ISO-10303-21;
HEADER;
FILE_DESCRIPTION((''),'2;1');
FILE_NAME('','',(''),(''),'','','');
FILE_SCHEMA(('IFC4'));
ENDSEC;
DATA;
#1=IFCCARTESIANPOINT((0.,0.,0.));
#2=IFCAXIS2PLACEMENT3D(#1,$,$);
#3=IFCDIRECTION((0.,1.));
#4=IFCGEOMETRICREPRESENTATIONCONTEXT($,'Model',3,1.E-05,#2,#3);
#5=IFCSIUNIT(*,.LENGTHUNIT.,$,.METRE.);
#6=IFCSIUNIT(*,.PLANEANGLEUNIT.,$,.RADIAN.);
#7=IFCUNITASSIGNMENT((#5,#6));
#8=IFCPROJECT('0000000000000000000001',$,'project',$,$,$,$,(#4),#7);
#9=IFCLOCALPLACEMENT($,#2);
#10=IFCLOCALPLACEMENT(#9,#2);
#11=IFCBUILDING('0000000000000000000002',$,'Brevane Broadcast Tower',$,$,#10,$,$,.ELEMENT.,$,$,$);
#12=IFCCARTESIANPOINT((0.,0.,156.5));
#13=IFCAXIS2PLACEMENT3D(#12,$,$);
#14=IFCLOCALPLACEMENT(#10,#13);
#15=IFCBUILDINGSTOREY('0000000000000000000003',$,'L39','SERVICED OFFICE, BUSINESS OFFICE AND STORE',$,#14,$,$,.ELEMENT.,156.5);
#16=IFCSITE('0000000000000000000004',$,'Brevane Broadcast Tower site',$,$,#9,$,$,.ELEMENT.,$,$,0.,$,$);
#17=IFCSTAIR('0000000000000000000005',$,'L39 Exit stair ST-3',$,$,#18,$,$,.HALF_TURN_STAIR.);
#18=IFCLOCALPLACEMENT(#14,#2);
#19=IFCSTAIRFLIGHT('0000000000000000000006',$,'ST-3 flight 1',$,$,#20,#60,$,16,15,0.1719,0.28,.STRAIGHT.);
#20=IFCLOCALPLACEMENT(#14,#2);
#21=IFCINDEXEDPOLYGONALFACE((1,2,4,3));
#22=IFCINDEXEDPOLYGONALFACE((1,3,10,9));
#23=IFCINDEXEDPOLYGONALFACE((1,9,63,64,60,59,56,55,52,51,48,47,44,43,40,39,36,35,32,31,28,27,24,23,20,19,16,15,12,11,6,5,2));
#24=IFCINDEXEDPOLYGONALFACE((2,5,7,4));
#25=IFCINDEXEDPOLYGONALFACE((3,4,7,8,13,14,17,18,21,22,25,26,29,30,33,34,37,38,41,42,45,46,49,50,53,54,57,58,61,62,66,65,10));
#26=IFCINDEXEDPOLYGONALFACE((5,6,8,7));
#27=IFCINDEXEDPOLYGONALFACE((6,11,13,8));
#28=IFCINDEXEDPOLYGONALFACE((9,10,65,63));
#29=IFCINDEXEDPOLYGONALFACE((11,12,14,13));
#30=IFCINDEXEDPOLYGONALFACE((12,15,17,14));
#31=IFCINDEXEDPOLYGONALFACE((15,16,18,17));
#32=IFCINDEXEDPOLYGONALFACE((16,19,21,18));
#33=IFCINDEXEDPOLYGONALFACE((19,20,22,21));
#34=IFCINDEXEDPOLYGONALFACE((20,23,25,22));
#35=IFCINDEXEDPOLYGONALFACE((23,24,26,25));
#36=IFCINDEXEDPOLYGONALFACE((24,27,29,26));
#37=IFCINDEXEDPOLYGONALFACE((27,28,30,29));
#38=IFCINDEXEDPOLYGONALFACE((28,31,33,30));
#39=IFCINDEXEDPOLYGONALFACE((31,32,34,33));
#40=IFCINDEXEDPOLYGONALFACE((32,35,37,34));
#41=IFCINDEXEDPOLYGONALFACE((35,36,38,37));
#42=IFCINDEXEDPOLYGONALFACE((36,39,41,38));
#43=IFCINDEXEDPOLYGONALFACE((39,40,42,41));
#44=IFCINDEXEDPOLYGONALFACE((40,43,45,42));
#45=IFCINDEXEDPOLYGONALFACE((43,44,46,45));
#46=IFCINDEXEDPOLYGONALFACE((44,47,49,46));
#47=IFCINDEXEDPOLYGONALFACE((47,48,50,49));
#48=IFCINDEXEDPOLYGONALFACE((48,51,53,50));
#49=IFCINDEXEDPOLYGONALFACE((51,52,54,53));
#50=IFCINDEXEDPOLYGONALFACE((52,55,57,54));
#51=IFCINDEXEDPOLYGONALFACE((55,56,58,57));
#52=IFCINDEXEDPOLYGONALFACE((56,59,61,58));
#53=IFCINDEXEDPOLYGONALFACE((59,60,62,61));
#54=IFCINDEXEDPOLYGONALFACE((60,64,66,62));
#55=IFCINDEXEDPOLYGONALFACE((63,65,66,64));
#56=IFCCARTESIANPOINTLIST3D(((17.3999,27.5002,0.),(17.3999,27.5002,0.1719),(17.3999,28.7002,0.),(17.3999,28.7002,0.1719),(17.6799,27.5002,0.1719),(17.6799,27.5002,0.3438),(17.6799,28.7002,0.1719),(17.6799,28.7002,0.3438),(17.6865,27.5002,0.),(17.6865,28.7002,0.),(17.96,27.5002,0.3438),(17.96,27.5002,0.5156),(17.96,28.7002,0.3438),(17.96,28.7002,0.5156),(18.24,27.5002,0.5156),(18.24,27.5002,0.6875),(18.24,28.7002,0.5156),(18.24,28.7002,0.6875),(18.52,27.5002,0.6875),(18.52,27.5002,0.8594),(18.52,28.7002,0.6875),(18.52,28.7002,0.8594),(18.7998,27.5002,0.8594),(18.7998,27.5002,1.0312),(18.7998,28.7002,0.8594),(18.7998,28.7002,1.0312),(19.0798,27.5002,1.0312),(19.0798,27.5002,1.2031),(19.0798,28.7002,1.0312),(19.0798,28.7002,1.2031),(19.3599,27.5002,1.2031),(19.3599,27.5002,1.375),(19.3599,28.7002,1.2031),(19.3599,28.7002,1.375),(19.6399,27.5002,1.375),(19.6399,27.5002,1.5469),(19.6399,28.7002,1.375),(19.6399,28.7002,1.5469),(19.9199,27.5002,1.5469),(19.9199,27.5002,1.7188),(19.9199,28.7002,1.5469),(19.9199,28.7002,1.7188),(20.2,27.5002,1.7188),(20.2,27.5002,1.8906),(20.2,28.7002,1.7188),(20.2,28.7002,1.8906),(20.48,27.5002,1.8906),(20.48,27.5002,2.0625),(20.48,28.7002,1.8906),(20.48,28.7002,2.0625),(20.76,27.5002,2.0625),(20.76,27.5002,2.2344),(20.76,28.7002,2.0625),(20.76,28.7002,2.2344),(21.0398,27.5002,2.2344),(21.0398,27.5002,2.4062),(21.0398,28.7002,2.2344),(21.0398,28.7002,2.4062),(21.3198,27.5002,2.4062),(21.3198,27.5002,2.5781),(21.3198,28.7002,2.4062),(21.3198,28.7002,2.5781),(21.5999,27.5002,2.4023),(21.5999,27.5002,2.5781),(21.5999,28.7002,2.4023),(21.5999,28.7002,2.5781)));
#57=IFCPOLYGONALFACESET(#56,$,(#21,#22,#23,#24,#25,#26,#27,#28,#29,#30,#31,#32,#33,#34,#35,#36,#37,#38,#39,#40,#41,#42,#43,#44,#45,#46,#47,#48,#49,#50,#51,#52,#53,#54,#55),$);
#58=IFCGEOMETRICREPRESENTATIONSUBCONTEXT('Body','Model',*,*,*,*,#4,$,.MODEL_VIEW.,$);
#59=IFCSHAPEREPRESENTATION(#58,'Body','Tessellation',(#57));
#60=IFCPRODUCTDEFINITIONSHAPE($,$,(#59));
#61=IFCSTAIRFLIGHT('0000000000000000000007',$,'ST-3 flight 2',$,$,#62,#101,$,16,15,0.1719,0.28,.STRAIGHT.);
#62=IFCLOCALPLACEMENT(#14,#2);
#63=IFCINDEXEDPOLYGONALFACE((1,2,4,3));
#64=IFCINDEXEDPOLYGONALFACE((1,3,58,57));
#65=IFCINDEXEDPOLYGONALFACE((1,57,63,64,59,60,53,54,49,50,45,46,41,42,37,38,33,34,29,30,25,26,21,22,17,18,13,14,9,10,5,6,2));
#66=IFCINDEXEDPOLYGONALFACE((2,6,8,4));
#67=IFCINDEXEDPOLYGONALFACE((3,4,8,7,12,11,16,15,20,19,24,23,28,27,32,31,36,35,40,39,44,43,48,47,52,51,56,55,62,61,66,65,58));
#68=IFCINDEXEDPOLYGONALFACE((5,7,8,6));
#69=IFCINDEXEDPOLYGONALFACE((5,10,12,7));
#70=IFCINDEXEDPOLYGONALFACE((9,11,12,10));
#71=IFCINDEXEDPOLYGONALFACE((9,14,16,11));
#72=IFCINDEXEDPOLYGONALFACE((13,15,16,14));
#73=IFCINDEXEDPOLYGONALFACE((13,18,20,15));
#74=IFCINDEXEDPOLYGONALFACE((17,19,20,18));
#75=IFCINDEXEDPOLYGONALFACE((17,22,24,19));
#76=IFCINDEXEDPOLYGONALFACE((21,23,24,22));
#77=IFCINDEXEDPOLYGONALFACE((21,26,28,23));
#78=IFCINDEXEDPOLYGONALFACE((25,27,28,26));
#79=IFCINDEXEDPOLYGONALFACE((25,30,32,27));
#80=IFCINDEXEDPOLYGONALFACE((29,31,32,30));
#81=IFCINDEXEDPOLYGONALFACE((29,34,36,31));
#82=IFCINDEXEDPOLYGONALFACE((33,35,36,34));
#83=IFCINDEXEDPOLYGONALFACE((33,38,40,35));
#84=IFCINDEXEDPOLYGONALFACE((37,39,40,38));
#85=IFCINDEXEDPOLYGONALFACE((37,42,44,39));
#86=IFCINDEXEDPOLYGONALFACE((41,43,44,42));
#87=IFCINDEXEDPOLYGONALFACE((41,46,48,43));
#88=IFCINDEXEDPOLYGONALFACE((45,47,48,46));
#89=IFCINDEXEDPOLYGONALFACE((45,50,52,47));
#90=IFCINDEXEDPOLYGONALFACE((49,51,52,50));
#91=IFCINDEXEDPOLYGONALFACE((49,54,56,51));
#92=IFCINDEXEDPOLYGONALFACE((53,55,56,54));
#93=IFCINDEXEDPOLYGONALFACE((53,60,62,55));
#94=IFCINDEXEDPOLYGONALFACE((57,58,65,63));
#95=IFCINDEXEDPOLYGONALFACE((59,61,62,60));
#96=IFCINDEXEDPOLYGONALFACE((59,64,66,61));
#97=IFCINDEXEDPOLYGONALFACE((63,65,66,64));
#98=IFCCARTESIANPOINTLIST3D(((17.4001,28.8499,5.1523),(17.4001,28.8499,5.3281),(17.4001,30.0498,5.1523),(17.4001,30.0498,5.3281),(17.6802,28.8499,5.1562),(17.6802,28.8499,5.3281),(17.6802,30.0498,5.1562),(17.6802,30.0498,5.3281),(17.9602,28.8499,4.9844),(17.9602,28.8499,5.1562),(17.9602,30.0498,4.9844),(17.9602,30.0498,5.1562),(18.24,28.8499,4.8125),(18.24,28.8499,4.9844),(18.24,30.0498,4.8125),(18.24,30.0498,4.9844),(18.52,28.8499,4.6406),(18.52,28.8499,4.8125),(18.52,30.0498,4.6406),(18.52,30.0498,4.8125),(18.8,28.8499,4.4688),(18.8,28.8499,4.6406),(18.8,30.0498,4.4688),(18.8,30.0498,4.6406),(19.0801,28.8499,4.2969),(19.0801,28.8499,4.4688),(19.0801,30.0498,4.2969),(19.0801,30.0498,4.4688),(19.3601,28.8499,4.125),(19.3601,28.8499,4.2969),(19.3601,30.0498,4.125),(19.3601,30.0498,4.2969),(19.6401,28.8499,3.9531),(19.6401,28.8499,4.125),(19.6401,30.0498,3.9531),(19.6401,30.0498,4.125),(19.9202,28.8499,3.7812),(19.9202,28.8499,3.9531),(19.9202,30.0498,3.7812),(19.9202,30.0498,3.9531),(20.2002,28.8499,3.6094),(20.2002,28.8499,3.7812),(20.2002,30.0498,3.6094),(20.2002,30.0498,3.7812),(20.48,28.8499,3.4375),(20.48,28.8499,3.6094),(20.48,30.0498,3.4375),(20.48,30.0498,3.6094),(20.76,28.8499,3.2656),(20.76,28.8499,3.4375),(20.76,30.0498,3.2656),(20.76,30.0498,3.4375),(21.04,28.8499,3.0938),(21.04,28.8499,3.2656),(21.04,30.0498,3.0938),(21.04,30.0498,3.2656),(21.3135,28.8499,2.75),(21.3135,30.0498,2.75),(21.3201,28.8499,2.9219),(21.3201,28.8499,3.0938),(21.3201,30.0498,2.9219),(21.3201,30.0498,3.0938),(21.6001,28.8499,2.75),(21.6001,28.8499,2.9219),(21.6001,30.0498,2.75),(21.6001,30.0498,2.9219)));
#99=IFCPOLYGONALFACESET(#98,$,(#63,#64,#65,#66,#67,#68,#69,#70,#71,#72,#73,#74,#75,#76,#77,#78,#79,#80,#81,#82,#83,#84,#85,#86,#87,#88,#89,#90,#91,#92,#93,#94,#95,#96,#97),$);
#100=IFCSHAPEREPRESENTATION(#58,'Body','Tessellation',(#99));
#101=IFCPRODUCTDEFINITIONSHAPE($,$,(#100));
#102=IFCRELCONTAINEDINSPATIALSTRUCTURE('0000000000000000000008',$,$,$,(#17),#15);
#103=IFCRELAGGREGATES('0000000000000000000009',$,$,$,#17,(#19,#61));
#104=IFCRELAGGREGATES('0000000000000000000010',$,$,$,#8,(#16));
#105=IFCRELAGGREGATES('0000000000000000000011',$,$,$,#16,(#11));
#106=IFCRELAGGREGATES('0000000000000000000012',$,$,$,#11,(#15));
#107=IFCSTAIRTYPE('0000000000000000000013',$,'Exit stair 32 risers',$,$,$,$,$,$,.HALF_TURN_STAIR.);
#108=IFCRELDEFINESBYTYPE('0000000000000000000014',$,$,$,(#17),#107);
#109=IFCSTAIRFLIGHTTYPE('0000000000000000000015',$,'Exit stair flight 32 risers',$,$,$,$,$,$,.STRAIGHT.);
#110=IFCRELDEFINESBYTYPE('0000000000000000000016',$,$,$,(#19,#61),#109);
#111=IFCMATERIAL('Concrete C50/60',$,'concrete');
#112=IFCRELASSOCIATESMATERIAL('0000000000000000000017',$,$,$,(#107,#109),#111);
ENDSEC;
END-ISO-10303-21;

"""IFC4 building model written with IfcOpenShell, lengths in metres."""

from ifc_helpers import new_model, si_unit, direction, frame, origin, place, context, subcontext, project, spatial, polyline, outline, extrude, material, type_object, element, aggregate, save


model = new_model("IFC4")

# Units and contexts
model_context = context("Model", 3, precision=1e-05, world=origin(), true_north=direction((0.0, 1.0)))
body_context = subcontext(model_context, "Body", "Model", "MODEL_VIEW")
ifc_project = project(units=[si_unit("LENGTHUNIT", "METRE"), si_unit("PLANEANGLEUNIT", "RADIAN")], contexts=[model_context])

# Site, building, storey
site_placement = place(None, origin())
site = spatial("IfcSite", under=ifc_project, at=site_placement, Name="Brevane Broadcast Tower site", CompositionType="ELEMENT", RefElevation=0.0)
building_placement = place(site_placement, origin())
building = spatial("IfcBuilding", under=site, at=building_placement, Name="Brevane Broadcast Tower", CompositionType="ELEMENT")
storey_placement = place(building_placement, frame((0.0, 0.0, 156.5)))
storey = spatial("IfcBuildingStorey", under=building, at=storey_placement, Name="L39", Description="SERVICED OFFICE, BUSINESS OFFICE AND STORE", CompositionType="ELEMENT", Elevation=156.5)

# Stair, stair flights
ifc_material_1 = material(Name="Concrete C50/60", Category="concrete")
stair_type = type_object("IfcStairType", Name="Exit stair 32 risers", PredefinedType="HALF_TURN_STAIR", material=ifc_material_1)
stair_placement = place(storey_placement, origin())
stair = element("IfcStair", 1, at=stair_placement, inside=storey, type_object=stair_type, Name="L39 Exit stair ST-3", PredefinedType="HALF_TURN_STAIR")
stair_flight_type = type_object("IfcStairFlightType", Name="Exit stair flight 32 risers", PredefinedType="STRAIGHT", material=ifc_material_1)
stair_flight_1_placement = place(storey_placement, frame((17.3999, 28.1001, 0.0), z_axis=(0.0, 0.0, 1.0), x_axis=(1.0, 0.0, 0.0)))
stair_flight_1 = element("IfcStairFlight", 2, at=stair_flight_1_placement, type_object=stair_flight_type, Name="ST-3 flight 1", NumberOfRisers=16, NumberOfTreads=15, PredefinedType="STRAIGHT", RiserHeight=0.1719, TreadLength=0.28, context=body_context, shape_type="SweptSolid", body=[
    extrude(outline(polyline([(0.0, 0.0), (0.0, 0.1719), (0.28, 0.1719), (0.28, 0.3438), (0.5601, 0.3438), (0.5601, 0.5156), (0.8401, 0.5156), (0.8401, 0.6875), (1.1201, 0.6875), (1.1201, 0.8594), (1.3999, 0.8594), (1.3999, 1.0312), (1.6799, 1.0312), (1.6799, 1.2031), (1.96, 1.2031), (1.96, 1.375), (2.24, 1.375), (2.24, 1.5469), (2.52, 1.5469), (2.52, 1.7188), (2.8, 1.7188), (2.8, 1.8906), (3.0801, 1.8906), (3.0801, 2.0625), (3.3601, 2.0625), (3.3601, 2.2344), (3.6399, 2.2344), (3.6399, 2.4062), (3.9199, 2.4062), (3.9199, 2.5781), (4.2, 2.5781), (4.2, 2.75), (4.2, 2.4023), (0.2866, 0.0), (0.0, 0.0)])), frame((0.0, 0.6001, 0.0), z_axis=(0.0, -1.0, 0.0), x_axis=(1.0, 0.0, 0.0)), (0.0, 0.0, 1.0), 1.2),
])
stair_flight_2_placement = place(storey_placement, frame((21.6001, 29.45, 2.75), z_axis=(0.0, 0.0, 1.0), x_axis=(-1.0, 0.0, 0.0)))
stair_flight_2 = element("IfcStairFlight", 3, at=stair_flight_2_placement, type_object=stair_flight_type, Name="ST-3 flight 2", NumberOfRisers=16, NumberOfTreads=15, PredefinedType="STRAIGHT", RiserHeight=0.1719, TreadLength=0.28, context=body_context, shape_type="SweptSolid", body=[
    extrude(outline(polyline([(0.0, 0.0), (0.0, 0.1719), (0.28, 0.1719), (0.28, 0.3438), (0.5601, 0.3438), (0.5601, 0.5156), (0.8401, 0.5156), (0.8401, 0.6875), (1.1201, 0.6875), (1.1201, 0.8594), (1.3999, 0.8594), (1.3999, 1.0312), (1.6799, 1.0312), (1.6799, 1.2031), (1.96, 1.2031), (1.96, 1.375), (2.24, 1.375), (2.24, 1.5469), (2.52, 1.5469), (2.52, 1.7188), (2.8, 1.7188), (2.8, 1.8906), (3.0801, 1.8906), (3.0801, 2.0625), (3.3601, 2.0625), (3.3601, 2.2344), (3.6399, 2.2344), (3.6399, 2.4062), (3.9199, 2.4062), (3.9199, 2.5781), (4.2, 2.5781), (4.2, 2.75), (4.2, 2.4023), (0.2866, 0.0), (0.0, 0.0)])), frame((0.0, 0.6001, 0.0), z_axis=(0.0, -1.0, 0.0), x_axis=(1.0, 0.0, 0.0)), (0.0, 0.0, 1.0), 1.2),
])
aggregate(stair, [stair_flight_1, stair_flight_2])

save(model, "model.ifc")
